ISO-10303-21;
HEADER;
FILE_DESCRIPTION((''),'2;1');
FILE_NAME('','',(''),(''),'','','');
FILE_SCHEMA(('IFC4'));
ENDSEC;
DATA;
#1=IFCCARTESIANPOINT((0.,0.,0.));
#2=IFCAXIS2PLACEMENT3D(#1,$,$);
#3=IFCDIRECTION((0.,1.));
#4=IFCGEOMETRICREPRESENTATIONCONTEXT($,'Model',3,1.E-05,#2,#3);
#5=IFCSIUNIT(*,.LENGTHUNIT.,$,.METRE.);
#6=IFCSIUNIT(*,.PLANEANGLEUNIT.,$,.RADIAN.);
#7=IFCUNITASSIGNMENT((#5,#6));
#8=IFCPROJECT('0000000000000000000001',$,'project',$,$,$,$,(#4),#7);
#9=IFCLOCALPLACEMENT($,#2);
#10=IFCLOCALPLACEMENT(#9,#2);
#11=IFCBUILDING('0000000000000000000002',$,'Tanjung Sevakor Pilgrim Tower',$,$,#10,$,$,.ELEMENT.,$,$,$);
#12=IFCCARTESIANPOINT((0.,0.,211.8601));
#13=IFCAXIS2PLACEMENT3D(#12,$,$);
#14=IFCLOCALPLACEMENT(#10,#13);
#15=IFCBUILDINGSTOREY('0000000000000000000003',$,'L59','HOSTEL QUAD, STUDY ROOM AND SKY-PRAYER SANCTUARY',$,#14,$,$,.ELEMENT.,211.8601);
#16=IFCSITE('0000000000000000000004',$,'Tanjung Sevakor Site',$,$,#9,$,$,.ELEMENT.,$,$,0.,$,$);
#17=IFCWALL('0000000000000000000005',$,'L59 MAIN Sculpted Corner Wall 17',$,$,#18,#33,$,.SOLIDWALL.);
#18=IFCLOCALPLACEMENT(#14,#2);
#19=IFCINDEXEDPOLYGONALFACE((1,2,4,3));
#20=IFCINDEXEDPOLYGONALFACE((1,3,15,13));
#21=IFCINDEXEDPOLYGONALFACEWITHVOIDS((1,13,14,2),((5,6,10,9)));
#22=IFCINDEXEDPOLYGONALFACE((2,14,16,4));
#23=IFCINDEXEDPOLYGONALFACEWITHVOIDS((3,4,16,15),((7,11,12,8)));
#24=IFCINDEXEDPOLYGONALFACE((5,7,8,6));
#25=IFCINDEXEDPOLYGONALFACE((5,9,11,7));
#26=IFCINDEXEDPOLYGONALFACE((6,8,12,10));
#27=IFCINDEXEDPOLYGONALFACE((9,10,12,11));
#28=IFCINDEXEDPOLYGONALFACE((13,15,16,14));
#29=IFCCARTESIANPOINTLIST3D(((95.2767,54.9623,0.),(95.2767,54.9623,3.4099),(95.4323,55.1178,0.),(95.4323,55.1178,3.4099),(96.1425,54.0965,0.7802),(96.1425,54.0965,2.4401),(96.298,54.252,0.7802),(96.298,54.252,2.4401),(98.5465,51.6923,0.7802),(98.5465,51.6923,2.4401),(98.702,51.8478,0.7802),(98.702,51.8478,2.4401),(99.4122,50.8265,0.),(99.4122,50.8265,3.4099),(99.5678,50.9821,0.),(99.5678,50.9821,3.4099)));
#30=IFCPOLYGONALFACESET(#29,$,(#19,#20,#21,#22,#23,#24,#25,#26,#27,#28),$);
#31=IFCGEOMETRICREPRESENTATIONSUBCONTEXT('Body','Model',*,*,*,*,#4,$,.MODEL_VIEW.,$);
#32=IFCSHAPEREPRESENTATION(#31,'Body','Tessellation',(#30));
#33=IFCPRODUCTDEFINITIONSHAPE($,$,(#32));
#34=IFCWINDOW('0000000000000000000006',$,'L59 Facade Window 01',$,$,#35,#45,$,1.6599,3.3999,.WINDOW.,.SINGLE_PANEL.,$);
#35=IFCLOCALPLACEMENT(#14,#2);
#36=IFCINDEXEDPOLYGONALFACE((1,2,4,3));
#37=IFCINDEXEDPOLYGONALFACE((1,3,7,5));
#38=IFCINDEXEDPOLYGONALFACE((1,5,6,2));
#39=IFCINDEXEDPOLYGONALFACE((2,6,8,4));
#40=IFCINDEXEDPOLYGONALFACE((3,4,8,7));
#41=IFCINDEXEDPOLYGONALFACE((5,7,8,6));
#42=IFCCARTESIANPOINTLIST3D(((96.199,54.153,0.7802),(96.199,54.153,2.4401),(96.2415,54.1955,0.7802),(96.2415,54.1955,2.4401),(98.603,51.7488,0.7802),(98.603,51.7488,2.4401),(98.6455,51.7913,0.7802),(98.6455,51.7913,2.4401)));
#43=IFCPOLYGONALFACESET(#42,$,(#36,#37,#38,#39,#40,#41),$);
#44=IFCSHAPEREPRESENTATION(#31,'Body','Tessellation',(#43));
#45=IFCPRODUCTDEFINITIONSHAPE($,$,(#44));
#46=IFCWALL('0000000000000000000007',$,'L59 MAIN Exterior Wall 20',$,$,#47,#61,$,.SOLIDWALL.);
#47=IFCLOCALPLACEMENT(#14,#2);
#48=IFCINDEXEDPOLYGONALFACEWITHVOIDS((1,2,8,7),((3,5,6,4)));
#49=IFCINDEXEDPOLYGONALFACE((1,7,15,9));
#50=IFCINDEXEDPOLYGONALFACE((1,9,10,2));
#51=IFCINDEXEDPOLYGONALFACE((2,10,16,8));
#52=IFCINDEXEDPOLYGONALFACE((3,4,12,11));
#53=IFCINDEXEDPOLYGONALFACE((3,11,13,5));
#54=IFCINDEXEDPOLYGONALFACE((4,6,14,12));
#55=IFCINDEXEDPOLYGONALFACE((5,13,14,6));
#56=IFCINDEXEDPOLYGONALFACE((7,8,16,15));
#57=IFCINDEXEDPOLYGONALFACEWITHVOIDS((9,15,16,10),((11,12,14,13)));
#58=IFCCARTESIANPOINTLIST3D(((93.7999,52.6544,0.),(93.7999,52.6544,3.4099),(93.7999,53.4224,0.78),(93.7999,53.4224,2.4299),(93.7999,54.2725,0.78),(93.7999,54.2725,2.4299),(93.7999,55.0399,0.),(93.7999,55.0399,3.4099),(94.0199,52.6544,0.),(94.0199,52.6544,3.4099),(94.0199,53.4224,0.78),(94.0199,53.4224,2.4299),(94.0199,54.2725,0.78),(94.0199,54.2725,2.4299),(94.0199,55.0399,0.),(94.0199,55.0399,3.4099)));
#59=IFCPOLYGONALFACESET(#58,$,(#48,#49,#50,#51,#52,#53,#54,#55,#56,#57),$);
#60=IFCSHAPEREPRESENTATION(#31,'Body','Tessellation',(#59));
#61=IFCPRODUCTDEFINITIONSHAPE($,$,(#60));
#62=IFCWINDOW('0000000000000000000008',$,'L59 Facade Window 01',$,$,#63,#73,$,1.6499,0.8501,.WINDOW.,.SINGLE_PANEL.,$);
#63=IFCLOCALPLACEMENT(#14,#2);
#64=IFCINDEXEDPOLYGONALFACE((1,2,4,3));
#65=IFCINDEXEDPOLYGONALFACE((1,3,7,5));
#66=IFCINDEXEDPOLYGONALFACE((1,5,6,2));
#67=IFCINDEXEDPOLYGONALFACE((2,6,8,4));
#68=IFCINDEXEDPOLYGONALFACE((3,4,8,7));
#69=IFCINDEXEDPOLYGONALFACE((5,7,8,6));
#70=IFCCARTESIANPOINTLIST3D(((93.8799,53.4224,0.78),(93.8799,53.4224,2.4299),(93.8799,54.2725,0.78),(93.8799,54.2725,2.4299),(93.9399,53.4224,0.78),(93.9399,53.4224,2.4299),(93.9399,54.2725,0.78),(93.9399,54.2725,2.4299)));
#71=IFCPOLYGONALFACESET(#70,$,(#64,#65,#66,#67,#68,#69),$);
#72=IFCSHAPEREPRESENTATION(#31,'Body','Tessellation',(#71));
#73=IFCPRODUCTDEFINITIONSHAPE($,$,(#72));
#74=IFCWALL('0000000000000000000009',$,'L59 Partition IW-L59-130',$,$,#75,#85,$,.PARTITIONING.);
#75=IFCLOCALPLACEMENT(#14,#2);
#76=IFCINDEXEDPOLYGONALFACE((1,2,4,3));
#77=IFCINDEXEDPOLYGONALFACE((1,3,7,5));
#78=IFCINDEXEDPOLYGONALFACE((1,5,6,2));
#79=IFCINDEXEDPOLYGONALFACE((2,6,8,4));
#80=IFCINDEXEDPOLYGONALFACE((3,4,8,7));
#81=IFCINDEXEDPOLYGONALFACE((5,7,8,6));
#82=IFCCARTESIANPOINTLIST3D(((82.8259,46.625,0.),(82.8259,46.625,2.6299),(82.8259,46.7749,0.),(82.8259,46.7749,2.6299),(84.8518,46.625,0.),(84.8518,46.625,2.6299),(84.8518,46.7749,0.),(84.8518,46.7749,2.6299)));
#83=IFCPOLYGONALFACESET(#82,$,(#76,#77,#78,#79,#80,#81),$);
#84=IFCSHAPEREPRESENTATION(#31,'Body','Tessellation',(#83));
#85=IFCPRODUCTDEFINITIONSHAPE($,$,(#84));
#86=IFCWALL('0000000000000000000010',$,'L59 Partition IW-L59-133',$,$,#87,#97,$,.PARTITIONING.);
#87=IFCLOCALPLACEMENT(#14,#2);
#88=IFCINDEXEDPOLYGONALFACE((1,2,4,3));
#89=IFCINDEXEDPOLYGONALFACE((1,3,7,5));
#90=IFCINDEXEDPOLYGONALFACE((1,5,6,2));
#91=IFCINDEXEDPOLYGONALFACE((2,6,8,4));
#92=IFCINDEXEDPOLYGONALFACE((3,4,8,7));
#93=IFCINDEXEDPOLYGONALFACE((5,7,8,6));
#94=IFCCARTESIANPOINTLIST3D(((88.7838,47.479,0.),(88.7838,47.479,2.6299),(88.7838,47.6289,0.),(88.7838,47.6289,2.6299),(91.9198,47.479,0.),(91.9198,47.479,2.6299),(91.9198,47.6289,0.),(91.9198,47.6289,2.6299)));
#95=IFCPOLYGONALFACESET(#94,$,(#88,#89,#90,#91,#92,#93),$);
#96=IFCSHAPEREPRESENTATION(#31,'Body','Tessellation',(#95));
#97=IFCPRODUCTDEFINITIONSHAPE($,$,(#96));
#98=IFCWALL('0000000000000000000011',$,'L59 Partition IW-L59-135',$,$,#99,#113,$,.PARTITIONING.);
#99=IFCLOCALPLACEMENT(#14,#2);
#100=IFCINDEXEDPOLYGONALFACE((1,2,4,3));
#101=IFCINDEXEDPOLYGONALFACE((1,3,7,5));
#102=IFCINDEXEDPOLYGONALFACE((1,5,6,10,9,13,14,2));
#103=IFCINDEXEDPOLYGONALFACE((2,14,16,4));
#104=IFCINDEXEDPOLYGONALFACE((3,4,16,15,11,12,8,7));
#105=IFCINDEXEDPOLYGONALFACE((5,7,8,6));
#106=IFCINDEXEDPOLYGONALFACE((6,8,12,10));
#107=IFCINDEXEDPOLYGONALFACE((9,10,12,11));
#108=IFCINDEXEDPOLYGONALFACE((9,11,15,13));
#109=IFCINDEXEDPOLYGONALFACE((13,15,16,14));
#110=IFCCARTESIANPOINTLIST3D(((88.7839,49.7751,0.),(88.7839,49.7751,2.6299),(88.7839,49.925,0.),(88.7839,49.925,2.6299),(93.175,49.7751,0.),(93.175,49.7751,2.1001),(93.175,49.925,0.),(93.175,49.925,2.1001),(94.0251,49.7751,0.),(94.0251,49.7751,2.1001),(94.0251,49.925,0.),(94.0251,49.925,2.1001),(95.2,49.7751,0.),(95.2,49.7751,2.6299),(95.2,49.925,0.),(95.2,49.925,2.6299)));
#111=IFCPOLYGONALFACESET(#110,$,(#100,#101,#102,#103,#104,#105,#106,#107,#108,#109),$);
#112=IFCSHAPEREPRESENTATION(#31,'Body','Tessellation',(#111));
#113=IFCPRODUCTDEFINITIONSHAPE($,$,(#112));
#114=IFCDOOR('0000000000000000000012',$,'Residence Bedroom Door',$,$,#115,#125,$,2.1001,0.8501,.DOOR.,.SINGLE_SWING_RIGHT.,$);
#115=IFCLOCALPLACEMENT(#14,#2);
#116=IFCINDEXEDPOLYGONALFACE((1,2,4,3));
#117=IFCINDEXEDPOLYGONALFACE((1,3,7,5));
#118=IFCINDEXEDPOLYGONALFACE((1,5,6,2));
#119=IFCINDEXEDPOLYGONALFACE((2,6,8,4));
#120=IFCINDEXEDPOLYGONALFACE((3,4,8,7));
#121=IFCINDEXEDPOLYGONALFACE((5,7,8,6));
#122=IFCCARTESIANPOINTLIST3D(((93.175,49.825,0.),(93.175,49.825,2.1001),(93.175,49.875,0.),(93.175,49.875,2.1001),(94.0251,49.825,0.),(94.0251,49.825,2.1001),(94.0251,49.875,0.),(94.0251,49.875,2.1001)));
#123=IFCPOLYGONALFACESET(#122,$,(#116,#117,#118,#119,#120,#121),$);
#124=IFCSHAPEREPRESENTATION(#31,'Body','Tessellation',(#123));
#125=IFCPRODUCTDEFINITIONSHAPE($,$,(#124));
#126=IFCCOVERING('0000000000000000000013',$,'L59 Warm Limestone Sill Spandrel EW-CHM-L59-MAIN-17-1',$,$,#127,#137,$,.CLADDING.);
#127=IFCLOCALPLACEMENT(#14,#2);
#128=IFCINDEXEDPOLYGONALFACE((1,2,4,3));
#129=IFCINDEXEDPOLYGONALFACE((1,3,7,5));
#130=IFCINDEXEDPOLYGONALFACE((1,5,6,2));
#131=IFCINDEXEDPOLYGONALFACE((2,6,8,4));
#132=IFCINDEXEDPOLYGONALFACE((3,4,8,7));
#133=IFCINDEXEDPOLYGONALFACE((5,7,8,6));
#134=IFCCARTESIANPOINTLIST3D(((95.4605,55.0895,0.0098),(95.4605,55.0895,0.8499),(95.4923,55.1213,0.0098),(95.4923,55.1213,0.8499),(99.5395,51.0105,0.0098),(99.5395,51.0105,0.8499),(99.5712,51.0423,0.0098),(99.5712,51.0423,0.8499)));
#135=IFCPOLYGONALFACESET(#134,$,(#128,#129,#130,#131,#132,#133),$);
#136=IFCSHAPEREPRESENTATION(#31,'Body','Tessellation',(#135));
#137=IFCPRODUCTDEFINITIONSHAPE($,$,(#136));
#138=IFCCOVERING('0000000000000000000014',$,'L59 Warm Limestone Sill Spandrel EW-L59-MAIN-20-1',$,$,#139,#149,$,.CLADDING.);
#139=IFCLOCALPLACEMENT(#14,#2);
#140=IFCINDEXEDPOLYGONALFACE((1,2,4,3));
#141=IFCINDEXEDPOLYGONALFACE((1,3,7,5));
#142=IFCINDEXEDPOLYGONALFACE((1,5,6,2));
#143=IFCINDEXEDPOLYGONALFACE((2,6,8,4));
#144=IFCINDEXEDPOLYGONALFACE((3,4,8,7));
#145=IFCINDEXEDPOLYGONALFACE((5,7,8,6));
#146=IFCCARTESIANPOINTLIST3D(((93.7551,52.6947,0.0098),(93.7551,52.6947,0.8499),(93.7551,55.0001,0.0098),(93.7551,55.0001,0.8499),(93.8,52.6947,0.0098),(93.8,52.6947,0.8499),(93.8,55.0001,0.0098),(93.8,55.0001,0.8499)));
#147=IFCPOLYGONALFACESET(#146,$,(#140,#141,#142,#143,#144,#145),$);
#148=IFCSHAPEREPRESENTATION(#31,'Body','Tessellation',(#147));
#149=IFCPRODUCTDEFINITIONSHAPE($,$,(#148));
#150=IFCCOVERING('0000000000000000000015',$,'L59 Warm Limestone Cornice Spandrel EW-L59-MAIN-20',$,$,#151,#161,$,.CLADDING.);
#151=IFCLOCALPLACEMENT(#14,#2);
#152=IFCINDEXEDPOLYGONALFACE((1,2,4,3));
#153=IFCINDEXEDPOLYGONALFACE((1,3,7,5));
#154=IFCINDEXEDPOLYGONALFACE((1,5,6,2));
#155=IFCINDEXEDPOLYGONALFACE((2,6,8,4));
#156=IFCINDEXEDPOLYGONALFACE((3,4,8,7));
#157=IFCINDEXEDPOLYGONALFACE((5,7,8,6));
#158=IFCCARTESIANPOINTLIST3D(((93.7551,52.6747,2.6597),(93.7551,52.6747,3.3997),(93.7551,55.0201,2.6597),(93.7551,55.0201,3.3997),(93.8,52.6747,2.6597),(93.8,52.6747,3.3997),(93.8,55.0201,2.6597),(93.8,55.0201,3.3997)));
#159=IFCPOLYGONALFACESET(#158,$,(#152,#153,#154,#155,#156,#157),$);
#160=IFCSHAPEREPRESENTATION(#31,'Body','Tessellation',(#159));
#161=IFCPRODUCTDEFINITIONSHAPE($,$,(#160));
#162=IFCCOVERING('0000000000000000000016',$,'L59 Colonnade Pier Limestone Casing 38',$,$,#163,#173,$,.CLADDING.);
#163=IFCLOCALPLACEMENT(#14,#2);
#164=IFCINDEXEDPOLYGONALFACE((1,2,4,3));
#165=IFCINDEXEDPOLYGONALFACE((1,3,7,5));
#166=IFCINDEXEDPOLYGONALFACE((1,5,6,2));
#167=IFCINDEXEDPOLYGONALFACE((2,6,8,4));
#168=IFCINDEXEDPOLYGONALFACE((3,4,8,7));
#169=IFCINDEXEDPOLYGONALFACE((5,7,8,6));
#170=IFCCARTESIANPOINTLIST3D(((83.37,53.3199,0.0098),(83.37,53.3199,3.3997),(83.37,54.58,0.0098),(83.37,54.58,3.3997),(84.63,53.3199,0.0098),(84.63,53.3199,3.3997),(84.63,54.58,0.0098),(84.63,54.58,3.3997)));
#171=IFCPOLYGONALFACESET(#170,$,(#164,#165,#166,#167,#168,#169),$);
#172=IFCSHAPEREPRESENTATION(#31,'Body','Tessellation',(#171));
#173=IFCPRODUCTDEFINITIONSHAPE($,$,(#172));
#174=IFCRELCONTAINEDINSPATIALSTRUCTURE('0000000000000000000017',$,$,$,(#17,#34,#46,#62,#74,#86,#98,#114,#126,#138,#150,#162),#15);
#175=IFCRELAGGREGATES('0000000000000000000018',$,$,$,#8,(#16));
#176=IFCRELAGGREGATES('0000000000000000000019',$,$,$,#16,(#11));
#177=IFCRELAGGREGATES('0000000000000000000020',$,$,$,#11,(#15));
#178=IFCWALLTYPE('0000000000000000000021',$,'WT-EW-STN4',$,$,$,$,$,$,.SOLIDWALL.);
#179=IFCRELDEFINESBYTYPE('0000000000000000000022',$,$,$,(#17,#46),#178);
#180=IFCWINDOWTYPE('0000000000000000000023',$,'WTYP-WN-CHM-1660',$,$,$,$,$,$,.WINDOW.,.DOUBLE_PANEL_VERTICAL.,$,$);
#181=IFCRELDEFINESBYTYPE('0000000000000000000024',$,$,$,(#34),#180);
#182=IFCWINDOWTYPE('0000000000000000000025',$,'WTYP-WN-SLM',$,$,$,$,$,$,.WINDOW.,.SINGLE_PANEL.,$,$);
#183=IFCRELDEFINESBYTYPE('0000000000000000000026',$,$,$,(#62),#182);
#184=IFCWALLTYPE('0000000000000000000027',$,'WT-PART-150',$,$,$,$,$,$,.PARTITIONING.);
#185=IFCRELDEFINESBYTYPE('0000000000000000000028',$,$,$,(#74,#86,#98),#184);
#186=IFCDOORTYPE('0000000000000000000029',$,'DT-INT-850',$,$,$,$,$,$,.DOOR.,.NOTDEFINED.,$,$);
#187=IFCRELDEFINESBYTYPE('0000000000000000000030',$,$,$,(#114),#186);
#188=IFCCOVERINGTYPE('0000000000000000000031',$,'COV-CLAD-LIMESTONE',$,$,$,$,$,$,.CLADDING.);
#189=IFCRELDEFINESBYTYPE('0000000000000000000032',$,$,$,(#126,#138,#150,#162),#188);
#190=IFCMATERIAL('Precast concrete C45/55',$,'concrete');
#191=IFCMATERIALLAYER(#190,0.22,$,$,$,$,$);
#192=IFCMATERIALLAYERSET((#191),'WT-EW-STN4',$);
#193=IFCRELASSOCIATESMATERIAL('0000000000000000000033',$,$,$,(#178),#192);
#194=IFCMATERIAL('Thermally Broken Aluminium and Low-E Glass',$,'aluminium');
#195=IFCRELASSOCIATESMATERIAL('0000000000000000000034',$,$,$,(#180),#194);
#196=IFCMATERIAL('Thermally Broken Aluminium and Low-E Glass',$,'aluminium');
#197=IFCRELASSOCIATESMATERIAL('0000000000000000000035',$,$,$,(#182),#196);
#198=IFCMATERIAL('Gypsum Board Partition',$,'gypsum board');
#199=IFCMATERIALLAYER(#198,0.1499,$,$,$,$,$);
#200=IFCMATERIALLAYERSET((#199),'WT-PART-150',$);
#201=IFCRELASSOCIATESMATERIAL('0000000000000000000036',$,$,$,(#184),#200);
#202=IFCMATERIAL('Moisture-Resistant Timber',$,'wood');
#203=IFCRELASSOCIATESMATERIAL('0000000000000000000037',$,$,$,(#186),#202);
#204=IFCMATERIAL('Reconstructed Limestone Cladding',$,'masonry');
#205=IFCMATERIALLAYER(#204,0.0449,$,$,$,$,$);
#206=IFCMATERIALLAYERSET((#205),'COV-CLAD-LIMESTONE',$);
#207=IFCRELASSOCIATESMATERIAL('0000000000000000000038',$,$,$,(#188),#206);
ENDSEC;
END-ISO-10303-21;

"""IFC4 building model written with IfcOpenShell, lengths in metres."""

from ifc_helpers import new_model, si_unit, direction, frame, frame_2d, origin, origin_2d, place, context, subcontext, project, spatial, rectangle, extrude, material, layer, layer_set, type_object, element, fill, save


model = new_model("IFC4")

# Units and contexts
model_context = context("Model", 3, precision=1e-05, world=origin(), true_north=direction((0.0, 1.0)))
body_context = subcontext(model_context, "Body", "Model", "MODEL_VIEW")
ifc_project = project(units=[si_unit("LENGTHUNIT", "METRE"), si_unit("PLANEANGLEUNIT", "RADIAN")], contexts=[model_context])

# Site, building, storey
site_placement = place(None, origin())
site = spatial("IfcSite", under=ifc_project, at=site_placement, Name="Tanjung Sevakor Site", CompositionType="ELEMENT", RefElevation=0.0)
building_placement = place(site_placement, origin())
building = spatial("IfcBuilding", under=site, at=building_placement, Name="Tanjung Sevakor Pilgrim Tower", CompositionType="ELEMENT")
storey_placement = place(building_placement, frame((0.0, 0.0, 211.8601)))
storey = spatial("IfcBuildingStorey", under=building, at=storey_placement, Name="L59", Description="HOSTEL QUAD, STUDY ROOM AND SKY-PRAYER SANCTUARY", CompositionType="ELEMENT", Elevation=211.8601)

# Walls, openings, windows
ifc_material_1 = material(Name="Precast concrete C45/55", Category="concrete")
ifc_layer_1 = layer(ifc_material_1, 0.22)
ifc_layer_set_1 = layer_set([ifc_layer_1], Name="WT-EW-STN4")
wall_type_1 = type_object("IfcWallType", Name="WT-EW-STN4", PredefinedType="SOLIDWALL", material=ifc_layer_set_1)
wall_1_placement = place(storey_placement, frame((99.49, 50.9043, 0.0), z_axis=(0.0, 0.0, 1.0), x_axis=(-0.707086, 0.707128, 0.0)))
wall_1 = element("IfcWall", 1, at=wall_1_placement, inside=storey, type_object=wall_type_1, Name="L59 MAIN Sculpted Corner Wall 17", PredefinedType="SOLIDWALL", context=body_context, shape_type="SweptSolid", body=[
    extrude(rectangle(XDim=5.8486, YDim=0.22, at=frame_2d((2.9243, 0.0))), origin(), (0.0, 0.0, 1.0), 3.4099),
])
opening_1_placement = place(wall_1_placement, frame((1.2244, 0.0, 0.78)))
opening_1 = element("IfcOpeningElement", 2, at=opening_1_placement, cuts=wall_1, PredefinedType="OPENING", context=body_context, shape_type="SweptSolid", body=[
    extrude(rectangle(XDim=3.3999, YDim=1.6599, at=frame_2d((1.7, 0.8301))), frame((0.0, 0.1199, 0.0), z_axis=(0.0, -1.0, 0.0), x_axis=(1.0, 0.0, 0.0)), (0.0, 0.0, 1.0), 0.24),
])
ifc_material_2 = material(Name="Thermally Broken Aluminium and Low-E Glass", Category="aluminium")
window_type_1 = type_object("IfcWindowType", Name="WTYP-WN-CHM-1660", PartitioningType="DOUBLE_PANEL_VERTICAL", PredefinedType="WINDOW", material=ifc_material_2)
window_1_placement = place(opening_1_placement, origin())
window_1 = element("IfcWindow", 3, at=window_1_placement, inside=storey, type_object=window_type_1, Name="L59 Facade Window 01", OverallHeight=1.6599, OverallWidth=3.3999, PartitioningType="SINGLE_PANEL", PredefinedType="WINDOW", context=body_context, shape_type="SweptSolid", body=[
    extrude(rectangle(XDim=3.3999, YDim=1.6599, at=frame_2d((1.7, 0.8301))), frame((0.0, 0.03, 0.0), z_axis=(0.0, -1.0, 0.0), x_axis=(1.0, 0.0, 0.0)), (0.0, 0.0, 1.0), 0.0601),
])
fill(opening_1, window_1)
wall_2_placement = place(storey_placement, frame((93.9099, 55.04, 0.0), z_axis=(0.0, 0.0, 1.0), x_axis=(0.0, -1.0, 0.0)))
wall_2 = element("IfcWall", 4, at=wall_2_placement, inside=storey, type_object=wall_type_1, Name="L59 MAIN Exterior Wall 20", PredefinedType="SOLIDWALL", context=body_context, shape_type="SweptSolid", body=[
    extrude(rectangle(XDim=2.3855, YDim=0.22, at=frame_2d((1.1929, 0.0))), origin(), (0.0, 0.0, 1.0), 3.4099),
])
opening_2_placement = place(wall_2_placement, frame((0.7676, 0.0, 0.78)))
opening_2 = element("IfcOpeningElement", 5, at=opening_2_placement, cuts=wall_2, PredefinedType="OPENING", context=body_context, shape_type="SweptSolid", body=[
    extrude(rectangle(XDim=0.8501, YDim=1.6499, at=frame_2d((0.425, 0.825))), frame((0.0, 0.1199, 0.0), z_axis=(0.0, -1.0, 0.0), x_axis=(1.0, 0.0, 0.0)), (0.0, 0.0, 1.0), 0.24),
])
ifc_material_3 = material(Name="Thermally Broken Aluminium and Low-E Glass", Category="aluminium")
window_type_2 = type_object("IfcWindowType", Name="WTYP-WN-SLM", PartitioningType="SINGLE_PANEL", PredefinedType="WINDOW", material=ifc_material_3)
window_2_placement = place(opening_2_placement, origin())
window_2 = element("IfcWindow", 6, at=window_2_placement, inside=storey, type_object=window_type_2, Name="L59 Facade Window 01", OverallHeight=1.6499, OverallWidth=0.8501, PartitioningType="SINGLE_PANEL", PredefinedType="WINDOW", context=body_context, shape_type="SweptSolid", body=[
    extrude(rectangle(XDim=0.8501, YDim=1.6499, at=frame_2d((0.425, 0.825))), frame((0.0, 0.03, 0.0), z_axis=(0.0, -1.0, 0.0), x_axis=(1.0, 0.0, 0.0)), (0.0, 0.0, 1.0), 0.0601),
])
fill(opening_2, window_2)

# Walls
ifc_material_4 = material(Name="Gypsum Board Partition", Category="gypsum board")
ifc_layer_2 = layer(ifc_material_4, 0.1499)
ifc_layer_set_2 = layer_set([ifc_layer_2], Name="WT-PART-150")
wall_type_2 = type_object("IfcWallType", Name="WT-PART-150", PredefinedType="PARTITIONING", material=ifc_layer_set_2)
wall_3_placement = place(storey_placement, frame((82.8259, 46.7, 0.0), z_axis=(0.0, 0.0, 1.0), x_axis=(1.0, 0.0, 0.0)))
element("IfcWall", 7, at=wall_3_placement, inside=storey, type_object=wall_type_2, Name="L59 Partition IW-L59-130", PredefinedType="PARTITIONING", context=body_context, shape_type="SweptSolid", body=[
    extrude(rectangle(XDim=2.0259, YDim=0.1499, at=frame_2d((1.0129, 0.0))), origin(), (0.0, 0.0, 1.0), 2.6299),
])
wall_4_placement = place(storey_placement, frame((88.7839, 47.554, 0.0), z_axis=(0.0, 0.0, 1.0), x_axis=(1.0, 0.0, 0.0)))
element("IfcWall", 8, at=wall_4_placement, inside=storey, type_object=wall_type_2, Name="L59 Partition IW-L59-133", PredefinedType="PARTITIONING", context=body_context, shape_type="SweptSolid", body=[
    extrude(rectangle(XDim=3.136, YDim=0.1499, at=frame_2d((1.5679, 0.0))), origin(), (0.0, 0.0, 1.0), 2.6299),
])

# Wall, opening, door
wall_5_placement = place(storey_placement, frame((88.7839, 49.8501, 0.0), z_axis=(0.0, 0.0, 1.0), x_axis=(1.0, 0.0, 0.0)))
wall_5 = element("IfcWall", 9, at=wall_5_placement, inside=storey, type_object=wall_type_2, Name="L59 Partition IW-L59-135", PredefinedType="PARTITIONING", context=body_context, shape_type="SweptSolid", body=[
    extrude(rectangle(XDim=6.416, YDim=0.1499, at=frame_2d((3.208, 0.0))), origin(), (0.0, 0.0, 1.0), 2.6299),
])
opening_3_placement = place(wall_5_placement, frame((4.3911, 0.0, 0.0)))
opening_3 = element("IfcOpeningElement", 10, at=opening_3_placement, cuts=wall_5, PredefinedType="OPENING", context=body_context, shape_type="SweptSolid", body=[
    extrude(rectangle(XDim=0.8501, YDim=2.1001, at=frame_2d((0.425, 1.05))), frame((0.0, 0.085, 0.0), z_axis=(0.0, -1.0, 0.0), x_axis=(1.0, 0.0, 0.0)), (0.0, 0.0, 1.0), 0.1699),
])
ifc_material_5 = material(Name="Moisture-Resistant Timber", Category="wood")
door_type = type_object("IfcDoorType", Name="DT-INT-850", OperationType="NOTDEFINED", PredefinedType="DOOR", material=ifc_material_5)
door_placement = place(opening_3_placement, origin())
door = element("IfcDoor", 11, at=door_placement, inside=storey, type_object=door_type, Name="Residence Bedroom Door", OperationType="SINGLE_SWING_RIGHT", OverallHeight=2.1001, OverallWidth=0.8501, PredefinedType="DOOR", context=body_context, shape_type="SweptSolid", body=[
    extrude(rectangle(XDim=0.8501, YDim=2.1001, at=frame_2d((0.425, 1.05))), frame((0.0, 0.0249, 0.0), z_axis=(0.0, -1.0, 0.0), x_axis=(1.0, 0.0, 0.0)), (0.0, 0.0, 1.0), 0.05),
])
fill(opening_3, door)

# Coverings
ifc_material_6 = material(Name="Reconstructed Limestone Cladding", Category="masonry")
ifc_layer_3 = layer(ifc_material_6, 0.0449)
ifc_layer_set_3 = layer_set([ifc_layer_3], Name="COV-CLAD-LIMESTONE")
covering_type = type_object("IfcCoveringType", Name="COV-CLAD-LIMESTONE", PredefinedType="CLADDING", material=ifc_layer_set_3)
covering_1_placement = place(storey_placement, frame((97.5159, 53.0659, 0.0098), z_axis=(0.0, 0.0, 1.0), x_axis=(-0.707107, 0.707107, 0.0)))
element("IfcCovering", 12, at=covering_1_placement, inside=storey, type_object=covering_type, Name="L59 Warm Limestone Sill Spandrel EW-CHM-L59-MAIN-17-1", PredefinedType="CLADDING", context=body_context, shape_type="SweptSolid", body=[
    extrude(rectangle(XDim=5.7686, YDim=0.0449, at=origin_2d()), origin(), (0.0, 0.0, 1.0), 0.8401),
])
covering_2_placement = place(storey_placement, frame((93.7776, 53.8474, 0.0098), z_axis=(0.0, 0.0, 1.0), x_axis=(0.0, -1.0, 0.0)))
element("IfcCovering", 13, at=covering_2_placement, inside=storey, type_object=covering_type, Name="L59 Warm Limestone Sill Spandrel EW-L59-MAIN-20-1", PredefinedType="CLADDING", context=body_context, shape_type="SweptSolid", body=[
    extrude(rectangle(XDim=2.3054, YDim=0.0449, at=origin_2d()), origin(), (0.0, 0.0, 1.0), 0.8401),
])
covering_3_placement = place(storey_placement, frame((93.7776, 53.8474, 2.6597), z_axis=(0.0, 0.0, 1.0), x_axis=(0.0, -1.0, 0.0)))
element("IfcCovering", 14, at=covering_3_placement, inside=storey, type_object=covering_type, Name="L59 Warm Limestone Cornice Spandrel EW-L59-MAIN-20", PredefinedType="CLADDING", context=body_context, shape_type="SweptSolid", body=[
    extrude(rectangle(XDim=2.3455, YDim=0.0449, at=origin_2d()), origin(), (0.0, 0.0, 1.0), 0.74),
])
for number, where, z_axis, x_axis, name in (
    (15, (84.0, 53.95, 0.0098), (0.0, 0.0, 1.0), (1.0, 0.0, 0.0), "L59 Colonnade Pier Limestone Casing 38"),
):
    element("IfcCovering", number, at=place(storey_placement, frame(where, z_axis=z_axis, x_axis=x_axis)), inside=storey, type_object=covering_type, Name=name, PredefinedType="CLADDING", context=body_context, shape_type="SweptSolid", body=[
        extrude(rectangle(XDim=1.26, YDim=1.26, at=origin_2d()), origin(), (0.0, 0.0, 1.0), 3.3899),
    ])

save(model, "model.ifc")
